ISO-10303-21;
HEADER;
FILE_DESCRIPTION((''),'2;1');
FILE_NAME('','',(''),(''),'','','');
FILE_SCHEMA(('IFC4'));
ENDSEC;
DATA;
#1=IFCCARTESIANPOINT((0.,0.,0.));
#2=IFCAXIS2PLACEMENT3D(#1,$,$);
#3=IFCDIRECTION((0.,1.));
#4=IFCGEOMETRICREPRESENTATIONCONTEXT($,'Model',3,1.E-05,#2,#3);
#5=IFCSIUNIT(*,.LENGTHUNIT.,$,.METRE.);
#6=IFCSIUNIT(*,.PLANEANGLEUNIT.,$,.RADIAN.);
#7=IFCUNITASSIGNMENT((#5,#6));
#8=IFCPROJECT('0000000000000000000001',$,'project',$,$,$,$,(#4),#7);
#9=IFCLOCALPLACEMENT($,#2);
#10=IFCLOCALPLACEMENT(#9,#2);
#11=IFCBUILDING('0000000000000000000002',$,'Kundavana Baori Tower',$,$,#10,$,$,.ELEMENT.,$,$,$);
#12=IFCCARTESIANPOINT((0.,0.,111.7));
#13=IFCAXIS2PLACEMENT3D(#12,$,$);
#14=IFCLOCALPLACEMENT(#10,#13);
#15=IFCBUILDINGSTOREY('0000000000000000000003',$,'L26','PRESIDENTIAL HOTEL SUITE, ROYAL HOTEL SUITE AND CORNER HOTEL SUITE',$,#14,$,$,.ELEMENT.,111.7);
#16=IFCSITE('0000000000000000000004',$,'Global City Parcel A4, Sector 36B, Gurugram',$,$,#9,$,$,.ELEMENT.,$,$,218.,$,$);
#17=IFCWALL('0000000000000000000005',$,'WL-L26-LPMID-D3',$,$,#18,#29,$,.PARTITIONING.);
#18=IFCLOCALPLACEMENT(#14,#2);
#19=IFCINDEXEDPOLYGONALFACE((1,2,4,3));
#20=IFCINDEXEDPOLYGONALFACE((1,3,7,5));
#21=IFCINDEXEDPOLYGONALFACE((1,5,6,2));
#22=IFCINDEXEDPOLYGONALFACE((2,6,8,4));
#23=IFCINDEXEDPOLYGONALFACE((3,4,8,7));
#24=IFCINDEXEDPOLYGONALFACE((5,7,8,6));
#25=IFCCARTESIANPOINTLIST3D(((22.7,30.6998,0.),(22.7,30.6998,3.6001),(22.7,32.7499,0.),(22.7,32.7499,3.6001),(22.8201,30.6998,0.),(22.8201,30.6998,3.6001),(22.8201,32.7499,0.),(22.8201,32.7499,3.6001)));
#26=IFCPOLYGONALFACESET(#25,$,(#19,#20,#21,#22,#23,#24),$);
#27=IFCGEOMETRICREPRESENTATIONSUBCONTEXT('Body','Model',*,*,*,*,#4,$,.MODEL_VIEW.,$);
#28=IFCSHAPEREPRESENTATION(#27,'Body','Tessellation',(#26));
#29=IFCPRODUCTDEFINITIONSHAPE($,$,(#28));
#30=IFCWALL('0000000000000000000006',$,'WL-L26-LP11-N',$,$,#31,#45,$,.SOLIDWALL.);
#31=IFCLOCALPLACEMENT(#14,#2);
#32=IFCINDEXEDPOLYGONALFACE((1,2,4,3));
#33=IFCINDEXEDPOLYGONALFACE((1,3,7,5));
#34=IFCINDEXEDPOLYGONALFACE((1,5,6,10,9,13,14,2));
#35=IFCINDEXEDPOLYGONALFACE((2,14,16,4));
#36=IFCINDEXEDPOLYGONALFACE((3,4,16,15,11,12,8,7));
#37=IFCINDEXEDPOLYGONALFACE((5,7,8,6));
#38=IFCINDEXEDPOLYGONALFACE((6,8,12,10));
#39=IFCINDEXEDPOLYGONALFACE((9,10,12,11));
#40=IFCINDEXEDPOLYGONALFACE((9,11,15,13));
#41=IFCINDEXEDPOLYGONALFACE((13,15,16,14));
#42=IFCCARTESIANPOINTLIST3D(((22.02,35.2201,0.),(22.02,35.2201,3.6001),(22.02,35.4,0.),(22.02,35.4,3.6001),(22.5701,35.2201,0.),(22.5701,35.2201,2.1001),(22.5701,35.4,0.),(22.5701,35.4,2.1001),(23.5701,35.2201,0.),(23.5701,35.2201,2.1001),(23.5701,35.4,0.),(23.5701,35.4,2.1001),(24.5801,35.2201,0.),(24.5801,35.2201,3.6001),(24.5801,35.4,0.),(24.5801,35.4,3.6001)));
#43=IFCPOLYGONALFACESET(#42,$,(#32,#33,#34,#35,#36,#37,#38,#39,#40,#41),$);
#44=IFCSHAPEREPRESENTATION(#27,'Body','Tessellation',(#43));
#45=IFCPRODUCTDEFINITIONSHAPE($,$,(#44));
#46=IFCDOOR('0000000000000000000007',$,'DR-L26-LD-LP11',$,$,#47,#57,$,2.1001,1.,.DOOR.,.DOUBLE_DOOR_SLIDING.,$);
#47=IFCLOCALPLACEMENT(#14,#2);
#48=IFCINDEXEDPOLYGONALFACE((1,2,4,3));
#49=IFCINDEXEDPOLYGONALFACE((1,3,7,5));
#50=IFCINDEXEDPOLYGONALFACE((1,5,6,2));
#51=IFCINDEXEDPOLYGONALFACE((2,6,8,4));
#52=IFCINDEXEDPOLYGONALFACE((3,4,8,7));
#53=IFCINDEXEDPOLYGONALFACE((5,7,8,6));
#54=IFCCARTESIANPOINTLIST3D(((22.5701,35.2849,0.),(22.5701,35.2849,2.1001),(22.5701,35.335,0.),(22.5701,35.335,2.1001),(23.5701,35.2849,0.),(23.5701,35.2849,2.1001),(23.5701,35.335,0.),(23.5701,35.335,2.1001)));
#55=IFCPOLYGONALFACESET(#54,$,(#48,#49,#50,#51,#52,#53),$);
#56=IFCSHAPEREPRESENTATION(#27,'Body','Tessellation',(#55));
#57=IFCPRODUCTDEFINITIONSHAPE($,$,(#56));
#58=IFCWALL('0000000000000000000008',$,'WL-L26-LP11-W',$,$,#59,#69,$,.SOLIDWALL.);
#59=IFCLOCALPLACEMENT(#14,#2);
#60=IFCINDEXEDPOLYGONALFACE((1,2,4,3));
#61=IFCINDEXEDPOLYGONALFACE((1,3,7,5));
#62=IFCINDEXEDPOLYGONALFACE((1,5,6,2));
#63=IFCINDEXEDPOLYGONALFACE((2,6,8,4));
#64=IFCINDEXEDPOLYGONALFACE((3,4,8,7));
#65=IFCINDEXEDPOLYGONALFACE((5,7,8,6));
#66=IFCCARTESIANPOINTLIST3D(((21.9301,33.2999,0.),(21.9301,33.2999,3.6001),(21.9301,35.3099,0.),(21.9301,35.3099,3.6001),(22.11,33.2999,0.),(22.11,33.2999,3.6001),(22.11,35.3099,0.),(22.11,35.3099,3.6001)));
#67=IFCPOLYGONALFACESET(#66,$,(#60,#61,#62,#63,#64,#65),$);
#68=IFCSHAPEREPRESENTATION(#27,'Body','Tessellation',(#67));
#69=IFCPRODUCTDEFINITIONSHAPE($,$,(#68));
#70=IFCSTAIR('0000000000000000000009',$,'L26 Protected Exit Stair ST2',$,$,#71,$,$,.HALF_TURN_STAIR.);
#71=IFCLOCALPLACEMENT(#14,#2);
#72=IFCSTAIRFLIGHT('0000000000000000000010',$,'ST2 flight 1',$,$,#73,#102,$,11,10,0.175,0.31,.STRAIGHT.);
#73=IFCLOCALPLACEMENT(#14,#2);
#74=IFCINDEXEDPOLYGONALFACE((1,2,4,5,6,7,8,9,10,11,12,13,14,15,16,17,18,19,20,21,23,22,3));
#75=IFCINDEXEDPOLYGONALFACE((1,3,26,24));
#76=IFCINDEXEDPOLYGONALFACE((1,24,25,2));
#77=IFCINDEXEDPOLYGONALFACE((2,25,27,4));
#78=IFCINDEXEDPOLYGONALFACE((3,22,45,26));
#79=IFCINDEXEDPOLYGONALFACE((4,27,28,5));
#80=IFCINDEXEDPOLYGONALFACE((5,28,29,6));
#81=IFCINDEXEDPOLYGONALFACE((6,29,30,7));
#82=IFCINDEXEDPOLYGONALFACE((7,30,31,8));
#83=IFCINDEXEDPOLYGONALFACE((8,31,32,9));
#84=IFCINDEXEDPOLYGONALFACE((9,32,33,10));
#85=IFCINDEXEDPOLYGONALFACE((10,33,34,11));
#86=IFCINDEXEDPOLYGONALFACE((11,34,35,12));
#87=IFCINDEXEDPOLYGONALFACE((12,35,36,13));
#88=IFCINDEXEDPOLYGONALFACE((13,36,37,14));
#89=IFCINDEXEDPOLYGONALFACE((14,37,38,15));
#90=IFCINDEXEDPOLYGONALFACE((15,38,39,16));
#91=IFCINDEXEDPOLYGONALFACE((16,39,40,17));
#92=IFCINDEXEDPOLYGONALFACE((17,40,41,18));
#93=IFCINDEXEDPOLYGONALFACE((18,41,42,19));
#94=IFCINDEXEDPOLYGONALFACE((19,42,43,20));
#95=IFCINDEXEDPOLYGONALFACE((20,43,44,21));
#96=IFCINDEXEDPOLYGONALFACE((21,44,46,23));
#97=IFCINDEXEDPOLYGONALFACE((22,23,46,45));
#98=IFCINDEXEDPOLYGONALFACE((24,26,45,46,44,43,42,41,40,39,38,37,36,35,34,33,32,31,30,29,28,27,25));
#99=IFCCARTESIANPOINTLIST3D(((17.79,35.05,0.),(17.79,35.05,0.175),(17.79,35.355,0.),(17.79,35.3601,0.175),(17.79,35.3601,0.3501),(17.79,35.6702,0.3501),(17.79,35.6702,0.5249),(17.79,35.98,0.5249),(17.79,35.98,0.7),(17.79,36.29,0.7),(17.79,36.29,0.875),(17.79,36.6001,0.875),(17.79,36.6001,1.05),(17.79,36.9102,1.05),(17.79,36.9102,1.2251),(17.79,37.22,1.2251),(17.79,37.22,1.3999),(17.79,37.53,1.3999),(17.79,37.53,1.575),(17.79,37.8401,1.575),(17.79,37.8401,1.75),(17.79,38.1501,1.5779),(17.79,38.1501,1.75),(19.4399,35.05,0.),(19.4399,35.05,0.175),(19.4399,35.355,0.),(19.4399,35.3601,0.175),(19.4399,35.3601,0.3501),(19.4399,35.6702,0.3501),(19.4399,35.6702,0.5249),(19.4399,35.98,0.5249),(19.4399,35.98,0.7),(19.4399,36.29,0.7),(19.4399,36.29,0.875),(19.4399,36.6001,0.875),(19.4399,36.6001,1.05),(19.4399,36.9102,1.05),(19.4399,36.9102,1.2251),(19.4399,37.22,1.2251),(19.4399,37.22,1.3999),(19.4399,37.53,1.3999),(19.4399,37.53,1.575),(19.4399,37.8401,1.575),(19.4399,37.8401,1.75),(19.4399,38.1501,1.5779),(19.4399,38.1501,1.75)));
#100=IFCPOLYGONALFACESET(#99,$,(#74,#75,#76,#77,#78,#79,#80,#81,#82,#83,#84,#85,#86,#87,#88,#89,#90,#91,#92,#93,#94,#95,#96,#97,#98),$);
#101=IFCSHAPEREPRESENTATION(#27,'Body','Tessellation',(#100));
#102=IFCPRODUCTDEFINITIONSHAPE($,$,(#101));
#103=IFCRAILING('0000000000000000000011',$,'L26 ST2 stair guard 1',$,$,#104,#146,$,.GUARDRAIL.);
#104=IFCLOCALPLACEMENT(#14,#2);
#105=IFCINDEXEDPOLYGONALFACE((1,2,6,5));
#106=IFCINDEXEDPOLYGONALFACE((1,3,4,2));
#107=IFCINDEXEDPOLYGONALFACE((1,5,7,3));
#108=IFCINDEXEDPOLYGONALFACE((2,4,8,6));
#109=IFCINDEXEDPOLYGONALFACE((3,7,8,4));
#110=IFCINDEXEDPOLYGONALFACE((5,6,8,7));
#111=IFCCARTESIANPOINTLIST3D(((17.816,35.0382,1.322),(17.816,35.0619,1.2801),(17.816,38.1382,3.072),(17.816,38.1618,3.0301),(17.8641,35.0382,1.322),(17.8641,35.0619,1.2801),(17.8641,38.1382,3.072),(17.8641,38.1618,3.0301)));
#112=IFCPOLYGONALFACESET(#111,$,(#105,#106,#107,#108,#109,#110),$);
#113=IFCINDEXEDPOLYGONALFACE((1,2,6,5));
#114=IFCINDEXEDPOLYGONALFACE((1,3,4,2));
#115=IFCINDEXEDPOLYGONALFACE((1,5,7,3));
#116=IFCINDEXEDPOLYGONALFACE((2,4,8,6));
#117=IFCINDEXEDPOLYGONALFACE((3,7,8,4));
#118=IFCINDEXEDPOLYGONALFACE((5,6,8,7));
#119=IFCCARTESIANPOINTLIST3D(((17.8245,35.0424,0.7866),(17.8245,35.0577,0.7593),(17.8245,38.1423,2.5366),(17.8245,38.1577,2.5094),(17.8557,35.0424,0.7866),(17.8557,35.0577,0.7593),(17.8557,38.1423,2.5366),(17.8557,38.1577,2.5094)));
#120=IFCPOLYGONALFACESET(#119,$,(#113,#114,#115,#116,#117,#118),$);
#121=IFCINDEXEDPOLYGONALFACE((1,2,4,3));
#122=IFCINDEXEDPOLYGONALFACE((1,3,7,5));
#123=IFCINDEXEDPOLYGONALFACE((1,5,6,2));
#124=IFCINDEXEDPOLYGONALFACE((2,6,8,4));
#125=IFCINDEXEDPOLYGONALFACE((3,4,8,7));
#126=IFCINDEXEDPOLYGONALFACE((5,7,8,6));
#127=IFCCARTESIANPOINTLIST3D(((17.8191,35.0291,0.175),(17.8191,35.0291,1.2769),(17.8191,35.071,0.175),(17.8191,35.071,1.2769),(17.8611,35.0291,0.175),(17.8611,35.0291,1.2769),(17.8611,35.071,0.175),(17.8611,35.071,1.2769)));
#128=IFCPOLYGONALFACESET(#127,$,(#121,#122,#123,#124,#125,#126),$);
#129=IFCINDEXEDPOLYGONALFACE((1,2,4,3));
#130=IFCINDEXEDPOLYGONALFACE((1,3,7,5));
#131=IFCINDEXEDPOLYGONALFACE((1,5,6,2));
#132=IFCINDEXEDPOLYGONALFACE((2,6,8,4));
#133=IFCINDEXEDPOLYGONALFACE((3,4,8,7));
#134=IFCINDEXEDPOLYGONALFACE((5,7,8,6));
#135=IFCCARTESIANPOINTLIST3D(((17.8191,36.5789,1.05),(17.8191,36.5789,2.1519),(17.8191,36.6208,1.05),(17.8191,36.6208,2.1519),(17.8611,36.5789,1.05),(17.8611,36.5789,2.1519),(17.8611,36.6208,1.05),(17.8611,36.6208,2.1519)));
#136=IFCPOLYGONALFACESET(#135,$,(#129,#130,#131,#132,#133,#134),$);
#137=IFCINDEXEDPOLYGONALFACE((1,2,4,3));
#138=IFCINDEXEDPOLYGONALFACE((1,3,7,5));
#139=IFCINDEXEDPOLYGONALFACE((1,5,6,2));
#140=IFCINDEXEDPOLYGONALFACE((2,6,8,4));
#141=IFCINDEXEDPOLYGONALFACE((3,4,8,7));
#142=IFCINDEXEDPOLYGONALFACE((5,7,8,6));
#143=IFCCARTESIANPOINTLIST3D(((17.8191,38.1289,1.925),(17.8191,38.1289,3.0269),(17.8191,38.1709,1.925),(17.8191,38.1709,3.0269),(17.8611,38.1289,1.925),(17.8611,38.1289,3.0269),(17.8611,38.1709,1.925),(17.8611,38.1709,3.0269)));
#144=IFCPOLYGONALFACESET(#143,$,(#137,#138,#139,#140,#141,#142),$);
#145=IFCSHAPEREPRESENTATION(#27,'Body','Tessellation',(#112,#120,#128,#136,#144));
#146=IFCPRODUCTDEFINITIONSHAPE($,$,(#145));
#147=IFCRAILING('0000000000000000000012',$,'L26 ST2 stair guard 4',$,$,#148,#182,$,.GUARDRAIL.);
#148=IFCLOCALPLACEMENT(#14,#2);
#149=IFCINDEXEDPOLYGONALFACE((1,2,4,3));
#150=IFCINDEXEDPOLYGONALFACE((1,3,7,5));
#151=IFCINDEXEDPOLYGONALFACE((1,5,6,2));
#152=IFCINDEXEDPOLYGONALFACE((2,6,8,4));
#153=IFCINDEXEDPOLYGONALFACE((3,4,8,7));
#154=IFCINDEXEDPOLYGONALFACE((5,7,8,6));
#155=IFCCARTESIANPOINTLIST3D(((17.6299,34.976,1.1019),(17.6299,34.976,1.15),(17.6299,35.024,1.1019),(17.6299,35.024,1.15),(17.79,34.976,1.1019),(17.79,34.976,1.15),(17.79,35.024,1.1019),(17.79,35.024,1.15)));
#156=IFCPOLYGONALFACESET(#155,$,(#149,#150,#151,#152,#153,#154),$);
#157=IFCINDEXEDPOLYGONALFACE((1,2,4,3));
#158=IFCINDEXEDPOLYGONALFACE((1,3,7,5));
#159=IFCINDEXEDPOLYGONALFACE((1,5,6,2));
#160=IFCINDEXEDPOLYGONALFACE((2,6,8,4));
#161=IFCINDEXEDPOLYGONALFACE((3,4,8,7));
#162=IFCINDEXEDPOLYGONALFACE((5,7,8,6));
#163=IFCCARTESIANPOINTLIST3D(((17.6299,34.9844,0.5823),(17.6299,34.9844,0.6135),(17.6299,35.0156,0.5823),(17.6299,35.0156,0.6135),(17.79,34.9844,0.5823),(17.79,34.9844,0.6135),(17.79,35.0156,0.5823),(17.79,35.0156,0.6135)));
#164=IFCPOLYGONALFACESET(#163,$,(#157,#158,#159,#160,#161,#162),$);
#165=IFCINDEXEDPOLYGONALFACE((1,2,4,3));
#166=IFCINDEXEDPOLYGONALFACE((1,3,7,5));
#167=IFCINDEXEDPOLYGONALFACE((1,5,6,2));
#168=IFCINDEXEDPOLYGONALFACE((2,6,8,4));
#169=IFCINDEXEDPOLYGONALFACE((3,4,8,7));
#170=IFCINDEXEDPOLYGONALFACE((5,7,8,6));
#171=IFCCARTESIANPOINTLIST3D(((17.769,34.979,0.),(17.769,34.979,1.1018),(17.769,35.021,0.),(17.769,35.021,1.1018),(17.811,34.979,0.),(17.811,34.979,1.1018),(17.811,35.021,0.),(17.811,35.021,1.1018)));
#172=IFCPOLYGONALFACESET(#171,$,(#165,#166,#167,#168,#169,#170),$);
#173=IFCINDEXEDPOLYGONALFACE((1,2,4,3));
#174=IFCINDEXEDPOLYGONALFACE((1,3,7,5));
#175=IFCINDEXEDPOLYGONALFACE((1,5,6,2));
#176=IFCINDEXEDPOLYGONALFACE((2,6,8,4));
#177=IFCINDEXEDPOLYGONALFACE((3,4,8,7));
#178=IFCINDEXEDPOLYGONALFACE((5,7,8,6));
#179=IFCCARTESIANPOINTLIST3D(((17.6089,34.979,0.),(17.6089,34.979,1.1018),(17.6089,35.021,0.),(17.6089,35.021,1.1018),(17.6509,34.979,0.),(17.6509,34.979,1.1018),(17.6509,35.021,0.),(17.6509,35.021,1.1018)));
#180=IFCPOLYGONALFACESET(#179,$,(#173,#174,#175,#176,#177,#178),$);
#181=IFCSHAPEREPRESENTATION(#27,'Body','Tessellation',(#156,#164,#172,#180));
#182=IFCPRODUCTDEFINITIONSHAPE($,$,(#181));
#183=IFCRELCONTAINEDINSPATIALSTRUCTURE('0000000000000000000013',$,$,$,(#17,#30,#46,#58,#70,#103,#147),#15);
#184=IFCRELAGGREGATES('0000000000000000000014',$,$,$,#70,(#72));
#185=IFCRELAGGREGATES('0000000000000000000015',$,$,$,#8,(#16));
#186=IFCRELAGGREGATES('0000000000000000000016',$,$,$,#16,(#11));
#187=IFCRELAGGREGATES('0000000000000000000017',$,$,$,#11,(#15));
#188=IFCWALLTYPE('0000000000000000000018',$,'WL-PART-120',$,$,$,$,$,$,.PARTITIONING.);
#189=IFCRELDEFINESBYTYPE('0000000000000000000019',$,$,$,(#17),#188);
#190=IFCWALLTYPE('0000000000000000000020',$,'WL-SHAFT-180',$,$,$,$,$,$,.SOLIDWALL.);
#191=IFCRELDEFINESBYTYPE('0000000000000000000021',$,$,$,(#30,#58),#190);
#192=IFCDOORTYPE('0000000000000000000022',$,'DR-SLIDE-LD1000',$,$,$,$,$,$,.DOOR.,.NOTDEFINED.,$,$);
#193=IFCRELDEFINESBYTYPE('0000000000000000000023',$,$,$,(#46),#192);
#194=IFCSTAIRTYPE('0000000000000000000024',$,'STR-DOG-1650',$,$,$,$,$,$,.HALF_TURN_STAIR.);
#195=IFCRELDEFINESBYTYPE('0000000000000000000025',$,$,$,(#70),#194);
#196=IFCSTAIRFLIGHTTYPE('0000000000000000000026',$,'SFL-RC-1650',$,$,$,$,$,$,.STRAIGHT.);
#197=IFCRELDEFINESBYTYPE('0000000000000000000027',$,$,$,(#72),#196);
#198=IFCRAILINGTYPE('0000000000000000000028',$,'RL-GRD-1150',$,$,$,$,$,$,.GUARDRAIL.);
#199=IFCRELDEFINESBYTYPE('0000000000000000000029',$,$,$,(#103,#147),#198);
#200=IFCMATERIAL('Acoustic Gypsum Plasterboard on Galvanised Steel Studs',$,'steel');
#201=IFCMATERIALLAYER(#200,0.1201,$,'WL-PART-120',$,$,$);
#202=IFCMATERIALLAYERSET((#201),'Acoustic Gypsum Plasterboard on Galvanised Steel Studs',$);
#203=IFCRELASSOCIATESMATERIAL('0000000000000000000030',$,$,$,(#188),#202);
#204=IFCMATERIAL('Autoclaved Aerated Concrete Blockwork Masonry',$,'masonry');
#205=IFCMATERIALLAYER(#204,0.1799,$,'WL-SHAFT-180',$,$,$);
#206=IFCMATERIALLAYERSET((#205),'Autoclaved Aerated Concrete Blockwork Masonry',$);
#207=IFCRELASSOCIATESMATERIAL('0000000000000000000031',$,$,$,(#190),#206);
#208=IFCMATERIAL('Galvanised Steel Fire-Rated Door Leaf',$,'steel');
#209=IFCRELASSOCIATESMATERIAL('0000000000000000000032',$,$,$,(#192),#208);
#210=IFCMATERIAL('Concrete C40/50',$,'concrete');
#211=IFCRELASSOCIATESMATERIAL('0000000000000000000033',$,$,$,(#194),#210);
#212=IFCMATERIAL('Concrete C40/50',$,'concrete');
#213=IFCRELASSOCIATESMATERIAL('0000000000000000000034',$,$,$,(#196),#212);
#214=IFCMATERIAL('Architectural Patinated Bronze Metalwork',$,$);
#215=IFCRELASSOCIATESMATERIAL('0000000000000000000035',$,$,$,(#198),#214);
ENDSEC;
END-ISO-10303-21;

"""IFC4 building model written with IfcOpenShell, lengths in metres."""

from ifc_helpers import new_model, si_unit, direction, frame, frame_2d, origin, origin_2d, place, context, subcontext, project, spatial, polyline, rectangle, outline, extrude, material, layer, layer_set, type_object, element, fill, aggregate, save


model = new_model("IFC4")

# Units and contexts
model_context = context("Model", 3, precision=1e-05, world=origin(), true_north=direction((0.0, 1.0)))
body_context = subcontext(model_context, "Body", "Model", "MODEL_VIEW")
ifc_project = project(units=[si_unit("LENGTHUNIT", "METRE"), si_unit("PLANEANGLEUNIT", "RADIAN")], contexts=[model_context])

# Site, building, storey
site_placement = place(None, origin())
site = spatial("IfcSite", under=ifc_project, at=site_placement, Name="Global City Parcel A4, Sector 36B, Gurugram", CompositionType="ELEMENT", RefElevation=218.0)
building_placement = place(site_placement, origin())
building = spatial("IfcBuilding", under=site, at=building_placement, Name="Kundavana Baori Tower", CompositionType="ELEMENT")
storey_placement = place(building_placement, frame((0.0, 0.0, 111.7)))
storey = spatial("IfcBuildingStorey", under=building, at=storey_placement, Name="L26", Description="PRESIDENTIAL HOTEL SUITE, ROYAL HOTEL SUITE AND CORNER HOTEL SUITE", CompositionType="ELEMENT", Elevation=111.7)

# Wall
ifc_material_1 = material(Name="Acoustic Gypsum Plasterboard on Galvanised Steel Studs", Category="steel")
ifc_layer_1 = layer(ifc_material_1, 0.1201, Name="WL-PART-120")
ifc_layer_set_1 = layer_set([ifc_layer_1], Name="Acoustic Gypsum Plasterboard on Galvanised Steel Studs")
wall_type_1 = type_object("IfcWallType", Name="WL-PART-120", PredefinedType="PARTITIONING", material=ifc_layer_set_1)
for number, where, z_axis, x_axis, name in (
    (1, (22.76, 30.7, 0.0), (0.0, 0.0, 1.0), (0.0, 1.0, 0.0), "WL-L26-LPMID-D3"),
):
    element("IfcWall", number, at=place(storey_placement, frame(where, z_axis=z_axis, x_axis=x_axis)), inside=storey, type_object=wall_type_1, Name=name, PredefinedType="PARTITIONING", context=body_context, shape_type="SweptSolid", body=[
        extrude(rectangle(XDim=2.05, YDim=0.1201, at=frame_2d((1.0249, 0.0))), origin(), (0.0, 0.0, 1.0), 3.6001),
    ])

# Wall, opening, door
ifc_material_2 = material(Name="Autoclaved Aerated Concrete Blockwork Masonry", Category="masonry")
ifc_layer_2 = layer(ifc_material_2, 0.1799, Name="WL-SHAFT-180")
ifc_layer_set_2 = layer_set([ifc_layer_2], Name="Autoclaved Aerated Concrete Blockwork Masonry")
wall_type_2 = type_object("IfcWallType", Name="WL-SHAFT-180", PredefinedType="SOLIDWALL", material=ifc_layer_set_2)
wall_1_placement = place(storey_placement, frame((22.02, 35.3101, 0.0), z_axis=(0.0, 0.0, 1.0), x_axis=(1.0, 0.0, 0.0)))
wall_1 = element("IfcWall", 2, at=wall_1_placement, inside=storey, type_object=wall_type_2, Name="WL-L26-LP11-N", PredefinedType="SOLIDWALL", context=body_context, shape_type="SweptSolid", body=[
    extrude(rectangle(XDim=2.5601, YDim=0.1799, at=frame_2d((1.28, 0.0))), origin(), (0.0, 0.0, 1.0), 3.6001),
])
opening_1_placement = place(wall_1_placement, frame((0.55, 0.0, 0.0)))
opening_1 = element("IfcOpeningElement", 3, at=opening_1_placement, cuts=wall_1, PredefinedType="OPENING", context=body_context, shape_type="SweptSolid", body=[
    extrude(rectangle(XDim=1.0, YDim=2.1001, at=frame_2d((0.5, 1.05))), frame((0.0, 0.1001, 0.0), z_axis=(0.0, -1.0, 0.0), x_axis=(1.0, 0.0, 0.0)), (0.0, 0.0, 1.0), 0.2),
])
ifc_material_3 = material(Name="Galvanised Steel Fire-Rated Door Leaf", Category="steel")
door_type_1 = type_object("IfcDoorType", Name="DR-SLIDE-LD1000", OperationType="NOTDEFINED", PredefinedType="DOOR", material=ifc_material_3)
door_1_placement = place(opening_1_placement, origin())
door_1 = element("IfcDoor", 4, at=door_1_placement, inside=storey, type_object=door_type_1, Name="DR-L26-LD-LP11", OperationType="DOUBLE_DOOR_SLIDING", OverallHeight=2.1001, OverallWidth=1.0, PredefinedType="DOOR", context=body_context, shape_type="SweptSolid", body=[
    extrude(rectangle(XDim=1.0, YDim=2.1001, at=frame_2d((0.5, 1.05))), frame((0.0, 0.0249, 0.0), z_axis=(0.0, -1.0, 0.0), x_axis=(1.0, 0.0, 0.0)), (0.0, 0.0, 1.0), 0.05),
])
fill(opening_1, door_1)

# Wall
wall_2_placement = place(storey_placement, frame((22.02, 33.3, 0.0), z_axis=(0.0, 0.0, 1.0), x_axis=(0.0, 1.0, 0.0)))
element("IfcWall", 5, at=wall_2_placement, inside=storey, type_object=wall_type_2, Name="WL-L26-LP11-W", PredefinedType="SOLIDWALL", context=body_context, shape_type="SweptSolid", body=[
    extrude(rectangle(XDim=2.01, YDim=0.1799, at=frame_2d((1.0049, 0.0))), origin(), (0.0, 0.0, 1.0), 3.6001),
])

# Stair, stair flight
ifc_material_4 = material(Name="Concrete C40/50", Category="concrete")
stair_type = type_object("IfcStairType", Name="STR-DOG-1650", PredefinedType="HALF_TURN_STAIR", material=ifc_material_4)
stair_placement = place(storey_placement, origin())
stair = element("IfcStair", 6, at=stair_placement, inside=storey, type_object=stair_type, Name="L26 Protected Exit Stair ST2", PredefinedType="HALF_TURN_STAIR")
ifc_material_5 = material(Name="Concrete C40/50", Category="concrete")
stair_flight_type = type_object("IfcStairFlightType", Name="SFL-RC-1650", PredefinedType="STRAIGHT", material=ifc_material_5)
stair_flight_placement = place(storey_placement, frame((18.615, 35.05, 0.0), z_axis=(0.0, 0.0, 1.0), x_axis=(0.0, 1.0, 0.0)))
stair_flight = element("IfcStairFlight", 7, at=stair_flight_placement, type_object=stair_flight_type, Name="ST2 flight 1", NumberOfRisers=11, NumberOfTreads=10, PredefinedType="STRAIGHT", RiserHeight=0.175, TreadLength=0.31, context=body_context, shape_type="SweptSolid", body=[
    extrude(outline(polyline([(0.0, 0.0), (0.0, 0.175), (0.3101, 0.175), (0.3101, 0.3501), (0.6201, 0.3501), (0.6201, 0.5249), (0.9299, 0.5249), (0.9299, 0.7), (1.24, 0.7), (1.24, 0.875), (1.55, 0.875), (1.55, 1.05), (1.8601, 1.05), (1.8601, 1.2251), (2.1699, 1.2251), (2.1699, 1.3999), (2.48, 1.3999), (2.48, 1.575), (2.79, 1.575), (2.79, 1.75), (3.1001, 1.75), (3.1001, 1.925), (3.1001, 1.5779), (0.3049, 0.0), (0.0, 0.0)])), frame((0.0, 0.825, 0.0), z_axis=(0.0, -1.0, 0.0), x_axis=(1.0, 0.0, 0.0)), (0.0, 0.0, 1.0), 1.6499),
])
aggregate(stair, [stair_flight])

# Railings
ifc_material_6 = material(Name="Architectural Patinated Bronze Metalwork")
railing_type_1 = type_object("IfcRailingType", Name="RL-GRD-1150", PredefinedType="GUARDRAIL", material=ifc_material_6)
railing_1_placement = place(storey_placement, frame((17.8401, 35.05, 0.175)))
element("IfcRailing", 8, at=railing_1_placement, inside=storey, type_object=railing_type_1, Name="L26 ST2 stair guard 1", PredefinedType="GUARDRAIL", context=body_context, shape_type="SweptSolid", body=[
    extrude(rectangle(XDim=0.0481, YDim=0.0481, at=origin_2d()), frame((0.0, 0.0, 1.126), z_axis=(0.0, 0.870814, 0.491612), x_axis=(-1.0, 0.0, 0.0)), (0.0, 0.0, 1.0), 3.5598),
    extrude(rectangle(XDim=0.0312, YDim=0.0312, at=origin_2d()), frame((0.0, 0.0, 0.5979), z_axis=(0.0, 0.870814, 0.491612), x_axis=(-1.0, 0.0, 0.0)), (0.0, 0.0, 1.0), 3.5598),
    extrude(rectangle(XDim=0.042, YDim=0.042, at=origin_2d()), origin(), (0.0, 0.0, 1.0), 1.1018),
    extrude(rectangle(XDim=0.042, YDim=0.042, at=origin_2d()), frame((0.0, 1.5498, 0.875)), (0.0, 0.0, 1.0), 1.1018),
    extrude(rectangle(XDim=0.042, YDim=0.042, at=origin_2d()), frame((0.0, 3.0999, 1.75)), (0.0, 0.0, 1.0), 1.1018),
])
railing_2_placement = place(storey_placement, frame((17.79, 35.0, 0.0)))
element("IfcRailing", 9, at=railing_2_placement, inside=storey, type_object=railing_type_1, Name="L26 ST2 stair guard 4", PredefinedType="GUARDRAIL", context=body_context, shape_type="SweptSolid", body=[
    extrude(rectangle(XDim=0.0481, YDim=0.0481, at=origin_2d()), frame((0.0, 0.0, 1.126), z_axis=(-1.0, 0.0, 0.0), x_axis=(0.0, -1.0, 0.0)), (0.0, 0.0, 1.0), 0.1602),
    extrude(rectangle(XDim=0.0312, YDim=0.0312, at=origin_2d()), frame((0.0, 0.0, 0.5979), z_axis=(-1.0, 0.0, 0.0), x_axis=(0.0, -1.0, 0.0)), (0.0, 0.0, 1.0), 0.1602),
    extrude(rectangle(XDim=0.042, YDim=0.042, at=origin_2d()), origin(), (0.0, 0.0, 1.0), 1.1018),
    extrude(rectangle(XDim=0.042, YDim=0.042, at=origin_2d()), frame((-0.1602, 0.0, 0.0)), (0.0, 0.0, 1.0), 1.1018),
])

save(model, "model.ifc")
